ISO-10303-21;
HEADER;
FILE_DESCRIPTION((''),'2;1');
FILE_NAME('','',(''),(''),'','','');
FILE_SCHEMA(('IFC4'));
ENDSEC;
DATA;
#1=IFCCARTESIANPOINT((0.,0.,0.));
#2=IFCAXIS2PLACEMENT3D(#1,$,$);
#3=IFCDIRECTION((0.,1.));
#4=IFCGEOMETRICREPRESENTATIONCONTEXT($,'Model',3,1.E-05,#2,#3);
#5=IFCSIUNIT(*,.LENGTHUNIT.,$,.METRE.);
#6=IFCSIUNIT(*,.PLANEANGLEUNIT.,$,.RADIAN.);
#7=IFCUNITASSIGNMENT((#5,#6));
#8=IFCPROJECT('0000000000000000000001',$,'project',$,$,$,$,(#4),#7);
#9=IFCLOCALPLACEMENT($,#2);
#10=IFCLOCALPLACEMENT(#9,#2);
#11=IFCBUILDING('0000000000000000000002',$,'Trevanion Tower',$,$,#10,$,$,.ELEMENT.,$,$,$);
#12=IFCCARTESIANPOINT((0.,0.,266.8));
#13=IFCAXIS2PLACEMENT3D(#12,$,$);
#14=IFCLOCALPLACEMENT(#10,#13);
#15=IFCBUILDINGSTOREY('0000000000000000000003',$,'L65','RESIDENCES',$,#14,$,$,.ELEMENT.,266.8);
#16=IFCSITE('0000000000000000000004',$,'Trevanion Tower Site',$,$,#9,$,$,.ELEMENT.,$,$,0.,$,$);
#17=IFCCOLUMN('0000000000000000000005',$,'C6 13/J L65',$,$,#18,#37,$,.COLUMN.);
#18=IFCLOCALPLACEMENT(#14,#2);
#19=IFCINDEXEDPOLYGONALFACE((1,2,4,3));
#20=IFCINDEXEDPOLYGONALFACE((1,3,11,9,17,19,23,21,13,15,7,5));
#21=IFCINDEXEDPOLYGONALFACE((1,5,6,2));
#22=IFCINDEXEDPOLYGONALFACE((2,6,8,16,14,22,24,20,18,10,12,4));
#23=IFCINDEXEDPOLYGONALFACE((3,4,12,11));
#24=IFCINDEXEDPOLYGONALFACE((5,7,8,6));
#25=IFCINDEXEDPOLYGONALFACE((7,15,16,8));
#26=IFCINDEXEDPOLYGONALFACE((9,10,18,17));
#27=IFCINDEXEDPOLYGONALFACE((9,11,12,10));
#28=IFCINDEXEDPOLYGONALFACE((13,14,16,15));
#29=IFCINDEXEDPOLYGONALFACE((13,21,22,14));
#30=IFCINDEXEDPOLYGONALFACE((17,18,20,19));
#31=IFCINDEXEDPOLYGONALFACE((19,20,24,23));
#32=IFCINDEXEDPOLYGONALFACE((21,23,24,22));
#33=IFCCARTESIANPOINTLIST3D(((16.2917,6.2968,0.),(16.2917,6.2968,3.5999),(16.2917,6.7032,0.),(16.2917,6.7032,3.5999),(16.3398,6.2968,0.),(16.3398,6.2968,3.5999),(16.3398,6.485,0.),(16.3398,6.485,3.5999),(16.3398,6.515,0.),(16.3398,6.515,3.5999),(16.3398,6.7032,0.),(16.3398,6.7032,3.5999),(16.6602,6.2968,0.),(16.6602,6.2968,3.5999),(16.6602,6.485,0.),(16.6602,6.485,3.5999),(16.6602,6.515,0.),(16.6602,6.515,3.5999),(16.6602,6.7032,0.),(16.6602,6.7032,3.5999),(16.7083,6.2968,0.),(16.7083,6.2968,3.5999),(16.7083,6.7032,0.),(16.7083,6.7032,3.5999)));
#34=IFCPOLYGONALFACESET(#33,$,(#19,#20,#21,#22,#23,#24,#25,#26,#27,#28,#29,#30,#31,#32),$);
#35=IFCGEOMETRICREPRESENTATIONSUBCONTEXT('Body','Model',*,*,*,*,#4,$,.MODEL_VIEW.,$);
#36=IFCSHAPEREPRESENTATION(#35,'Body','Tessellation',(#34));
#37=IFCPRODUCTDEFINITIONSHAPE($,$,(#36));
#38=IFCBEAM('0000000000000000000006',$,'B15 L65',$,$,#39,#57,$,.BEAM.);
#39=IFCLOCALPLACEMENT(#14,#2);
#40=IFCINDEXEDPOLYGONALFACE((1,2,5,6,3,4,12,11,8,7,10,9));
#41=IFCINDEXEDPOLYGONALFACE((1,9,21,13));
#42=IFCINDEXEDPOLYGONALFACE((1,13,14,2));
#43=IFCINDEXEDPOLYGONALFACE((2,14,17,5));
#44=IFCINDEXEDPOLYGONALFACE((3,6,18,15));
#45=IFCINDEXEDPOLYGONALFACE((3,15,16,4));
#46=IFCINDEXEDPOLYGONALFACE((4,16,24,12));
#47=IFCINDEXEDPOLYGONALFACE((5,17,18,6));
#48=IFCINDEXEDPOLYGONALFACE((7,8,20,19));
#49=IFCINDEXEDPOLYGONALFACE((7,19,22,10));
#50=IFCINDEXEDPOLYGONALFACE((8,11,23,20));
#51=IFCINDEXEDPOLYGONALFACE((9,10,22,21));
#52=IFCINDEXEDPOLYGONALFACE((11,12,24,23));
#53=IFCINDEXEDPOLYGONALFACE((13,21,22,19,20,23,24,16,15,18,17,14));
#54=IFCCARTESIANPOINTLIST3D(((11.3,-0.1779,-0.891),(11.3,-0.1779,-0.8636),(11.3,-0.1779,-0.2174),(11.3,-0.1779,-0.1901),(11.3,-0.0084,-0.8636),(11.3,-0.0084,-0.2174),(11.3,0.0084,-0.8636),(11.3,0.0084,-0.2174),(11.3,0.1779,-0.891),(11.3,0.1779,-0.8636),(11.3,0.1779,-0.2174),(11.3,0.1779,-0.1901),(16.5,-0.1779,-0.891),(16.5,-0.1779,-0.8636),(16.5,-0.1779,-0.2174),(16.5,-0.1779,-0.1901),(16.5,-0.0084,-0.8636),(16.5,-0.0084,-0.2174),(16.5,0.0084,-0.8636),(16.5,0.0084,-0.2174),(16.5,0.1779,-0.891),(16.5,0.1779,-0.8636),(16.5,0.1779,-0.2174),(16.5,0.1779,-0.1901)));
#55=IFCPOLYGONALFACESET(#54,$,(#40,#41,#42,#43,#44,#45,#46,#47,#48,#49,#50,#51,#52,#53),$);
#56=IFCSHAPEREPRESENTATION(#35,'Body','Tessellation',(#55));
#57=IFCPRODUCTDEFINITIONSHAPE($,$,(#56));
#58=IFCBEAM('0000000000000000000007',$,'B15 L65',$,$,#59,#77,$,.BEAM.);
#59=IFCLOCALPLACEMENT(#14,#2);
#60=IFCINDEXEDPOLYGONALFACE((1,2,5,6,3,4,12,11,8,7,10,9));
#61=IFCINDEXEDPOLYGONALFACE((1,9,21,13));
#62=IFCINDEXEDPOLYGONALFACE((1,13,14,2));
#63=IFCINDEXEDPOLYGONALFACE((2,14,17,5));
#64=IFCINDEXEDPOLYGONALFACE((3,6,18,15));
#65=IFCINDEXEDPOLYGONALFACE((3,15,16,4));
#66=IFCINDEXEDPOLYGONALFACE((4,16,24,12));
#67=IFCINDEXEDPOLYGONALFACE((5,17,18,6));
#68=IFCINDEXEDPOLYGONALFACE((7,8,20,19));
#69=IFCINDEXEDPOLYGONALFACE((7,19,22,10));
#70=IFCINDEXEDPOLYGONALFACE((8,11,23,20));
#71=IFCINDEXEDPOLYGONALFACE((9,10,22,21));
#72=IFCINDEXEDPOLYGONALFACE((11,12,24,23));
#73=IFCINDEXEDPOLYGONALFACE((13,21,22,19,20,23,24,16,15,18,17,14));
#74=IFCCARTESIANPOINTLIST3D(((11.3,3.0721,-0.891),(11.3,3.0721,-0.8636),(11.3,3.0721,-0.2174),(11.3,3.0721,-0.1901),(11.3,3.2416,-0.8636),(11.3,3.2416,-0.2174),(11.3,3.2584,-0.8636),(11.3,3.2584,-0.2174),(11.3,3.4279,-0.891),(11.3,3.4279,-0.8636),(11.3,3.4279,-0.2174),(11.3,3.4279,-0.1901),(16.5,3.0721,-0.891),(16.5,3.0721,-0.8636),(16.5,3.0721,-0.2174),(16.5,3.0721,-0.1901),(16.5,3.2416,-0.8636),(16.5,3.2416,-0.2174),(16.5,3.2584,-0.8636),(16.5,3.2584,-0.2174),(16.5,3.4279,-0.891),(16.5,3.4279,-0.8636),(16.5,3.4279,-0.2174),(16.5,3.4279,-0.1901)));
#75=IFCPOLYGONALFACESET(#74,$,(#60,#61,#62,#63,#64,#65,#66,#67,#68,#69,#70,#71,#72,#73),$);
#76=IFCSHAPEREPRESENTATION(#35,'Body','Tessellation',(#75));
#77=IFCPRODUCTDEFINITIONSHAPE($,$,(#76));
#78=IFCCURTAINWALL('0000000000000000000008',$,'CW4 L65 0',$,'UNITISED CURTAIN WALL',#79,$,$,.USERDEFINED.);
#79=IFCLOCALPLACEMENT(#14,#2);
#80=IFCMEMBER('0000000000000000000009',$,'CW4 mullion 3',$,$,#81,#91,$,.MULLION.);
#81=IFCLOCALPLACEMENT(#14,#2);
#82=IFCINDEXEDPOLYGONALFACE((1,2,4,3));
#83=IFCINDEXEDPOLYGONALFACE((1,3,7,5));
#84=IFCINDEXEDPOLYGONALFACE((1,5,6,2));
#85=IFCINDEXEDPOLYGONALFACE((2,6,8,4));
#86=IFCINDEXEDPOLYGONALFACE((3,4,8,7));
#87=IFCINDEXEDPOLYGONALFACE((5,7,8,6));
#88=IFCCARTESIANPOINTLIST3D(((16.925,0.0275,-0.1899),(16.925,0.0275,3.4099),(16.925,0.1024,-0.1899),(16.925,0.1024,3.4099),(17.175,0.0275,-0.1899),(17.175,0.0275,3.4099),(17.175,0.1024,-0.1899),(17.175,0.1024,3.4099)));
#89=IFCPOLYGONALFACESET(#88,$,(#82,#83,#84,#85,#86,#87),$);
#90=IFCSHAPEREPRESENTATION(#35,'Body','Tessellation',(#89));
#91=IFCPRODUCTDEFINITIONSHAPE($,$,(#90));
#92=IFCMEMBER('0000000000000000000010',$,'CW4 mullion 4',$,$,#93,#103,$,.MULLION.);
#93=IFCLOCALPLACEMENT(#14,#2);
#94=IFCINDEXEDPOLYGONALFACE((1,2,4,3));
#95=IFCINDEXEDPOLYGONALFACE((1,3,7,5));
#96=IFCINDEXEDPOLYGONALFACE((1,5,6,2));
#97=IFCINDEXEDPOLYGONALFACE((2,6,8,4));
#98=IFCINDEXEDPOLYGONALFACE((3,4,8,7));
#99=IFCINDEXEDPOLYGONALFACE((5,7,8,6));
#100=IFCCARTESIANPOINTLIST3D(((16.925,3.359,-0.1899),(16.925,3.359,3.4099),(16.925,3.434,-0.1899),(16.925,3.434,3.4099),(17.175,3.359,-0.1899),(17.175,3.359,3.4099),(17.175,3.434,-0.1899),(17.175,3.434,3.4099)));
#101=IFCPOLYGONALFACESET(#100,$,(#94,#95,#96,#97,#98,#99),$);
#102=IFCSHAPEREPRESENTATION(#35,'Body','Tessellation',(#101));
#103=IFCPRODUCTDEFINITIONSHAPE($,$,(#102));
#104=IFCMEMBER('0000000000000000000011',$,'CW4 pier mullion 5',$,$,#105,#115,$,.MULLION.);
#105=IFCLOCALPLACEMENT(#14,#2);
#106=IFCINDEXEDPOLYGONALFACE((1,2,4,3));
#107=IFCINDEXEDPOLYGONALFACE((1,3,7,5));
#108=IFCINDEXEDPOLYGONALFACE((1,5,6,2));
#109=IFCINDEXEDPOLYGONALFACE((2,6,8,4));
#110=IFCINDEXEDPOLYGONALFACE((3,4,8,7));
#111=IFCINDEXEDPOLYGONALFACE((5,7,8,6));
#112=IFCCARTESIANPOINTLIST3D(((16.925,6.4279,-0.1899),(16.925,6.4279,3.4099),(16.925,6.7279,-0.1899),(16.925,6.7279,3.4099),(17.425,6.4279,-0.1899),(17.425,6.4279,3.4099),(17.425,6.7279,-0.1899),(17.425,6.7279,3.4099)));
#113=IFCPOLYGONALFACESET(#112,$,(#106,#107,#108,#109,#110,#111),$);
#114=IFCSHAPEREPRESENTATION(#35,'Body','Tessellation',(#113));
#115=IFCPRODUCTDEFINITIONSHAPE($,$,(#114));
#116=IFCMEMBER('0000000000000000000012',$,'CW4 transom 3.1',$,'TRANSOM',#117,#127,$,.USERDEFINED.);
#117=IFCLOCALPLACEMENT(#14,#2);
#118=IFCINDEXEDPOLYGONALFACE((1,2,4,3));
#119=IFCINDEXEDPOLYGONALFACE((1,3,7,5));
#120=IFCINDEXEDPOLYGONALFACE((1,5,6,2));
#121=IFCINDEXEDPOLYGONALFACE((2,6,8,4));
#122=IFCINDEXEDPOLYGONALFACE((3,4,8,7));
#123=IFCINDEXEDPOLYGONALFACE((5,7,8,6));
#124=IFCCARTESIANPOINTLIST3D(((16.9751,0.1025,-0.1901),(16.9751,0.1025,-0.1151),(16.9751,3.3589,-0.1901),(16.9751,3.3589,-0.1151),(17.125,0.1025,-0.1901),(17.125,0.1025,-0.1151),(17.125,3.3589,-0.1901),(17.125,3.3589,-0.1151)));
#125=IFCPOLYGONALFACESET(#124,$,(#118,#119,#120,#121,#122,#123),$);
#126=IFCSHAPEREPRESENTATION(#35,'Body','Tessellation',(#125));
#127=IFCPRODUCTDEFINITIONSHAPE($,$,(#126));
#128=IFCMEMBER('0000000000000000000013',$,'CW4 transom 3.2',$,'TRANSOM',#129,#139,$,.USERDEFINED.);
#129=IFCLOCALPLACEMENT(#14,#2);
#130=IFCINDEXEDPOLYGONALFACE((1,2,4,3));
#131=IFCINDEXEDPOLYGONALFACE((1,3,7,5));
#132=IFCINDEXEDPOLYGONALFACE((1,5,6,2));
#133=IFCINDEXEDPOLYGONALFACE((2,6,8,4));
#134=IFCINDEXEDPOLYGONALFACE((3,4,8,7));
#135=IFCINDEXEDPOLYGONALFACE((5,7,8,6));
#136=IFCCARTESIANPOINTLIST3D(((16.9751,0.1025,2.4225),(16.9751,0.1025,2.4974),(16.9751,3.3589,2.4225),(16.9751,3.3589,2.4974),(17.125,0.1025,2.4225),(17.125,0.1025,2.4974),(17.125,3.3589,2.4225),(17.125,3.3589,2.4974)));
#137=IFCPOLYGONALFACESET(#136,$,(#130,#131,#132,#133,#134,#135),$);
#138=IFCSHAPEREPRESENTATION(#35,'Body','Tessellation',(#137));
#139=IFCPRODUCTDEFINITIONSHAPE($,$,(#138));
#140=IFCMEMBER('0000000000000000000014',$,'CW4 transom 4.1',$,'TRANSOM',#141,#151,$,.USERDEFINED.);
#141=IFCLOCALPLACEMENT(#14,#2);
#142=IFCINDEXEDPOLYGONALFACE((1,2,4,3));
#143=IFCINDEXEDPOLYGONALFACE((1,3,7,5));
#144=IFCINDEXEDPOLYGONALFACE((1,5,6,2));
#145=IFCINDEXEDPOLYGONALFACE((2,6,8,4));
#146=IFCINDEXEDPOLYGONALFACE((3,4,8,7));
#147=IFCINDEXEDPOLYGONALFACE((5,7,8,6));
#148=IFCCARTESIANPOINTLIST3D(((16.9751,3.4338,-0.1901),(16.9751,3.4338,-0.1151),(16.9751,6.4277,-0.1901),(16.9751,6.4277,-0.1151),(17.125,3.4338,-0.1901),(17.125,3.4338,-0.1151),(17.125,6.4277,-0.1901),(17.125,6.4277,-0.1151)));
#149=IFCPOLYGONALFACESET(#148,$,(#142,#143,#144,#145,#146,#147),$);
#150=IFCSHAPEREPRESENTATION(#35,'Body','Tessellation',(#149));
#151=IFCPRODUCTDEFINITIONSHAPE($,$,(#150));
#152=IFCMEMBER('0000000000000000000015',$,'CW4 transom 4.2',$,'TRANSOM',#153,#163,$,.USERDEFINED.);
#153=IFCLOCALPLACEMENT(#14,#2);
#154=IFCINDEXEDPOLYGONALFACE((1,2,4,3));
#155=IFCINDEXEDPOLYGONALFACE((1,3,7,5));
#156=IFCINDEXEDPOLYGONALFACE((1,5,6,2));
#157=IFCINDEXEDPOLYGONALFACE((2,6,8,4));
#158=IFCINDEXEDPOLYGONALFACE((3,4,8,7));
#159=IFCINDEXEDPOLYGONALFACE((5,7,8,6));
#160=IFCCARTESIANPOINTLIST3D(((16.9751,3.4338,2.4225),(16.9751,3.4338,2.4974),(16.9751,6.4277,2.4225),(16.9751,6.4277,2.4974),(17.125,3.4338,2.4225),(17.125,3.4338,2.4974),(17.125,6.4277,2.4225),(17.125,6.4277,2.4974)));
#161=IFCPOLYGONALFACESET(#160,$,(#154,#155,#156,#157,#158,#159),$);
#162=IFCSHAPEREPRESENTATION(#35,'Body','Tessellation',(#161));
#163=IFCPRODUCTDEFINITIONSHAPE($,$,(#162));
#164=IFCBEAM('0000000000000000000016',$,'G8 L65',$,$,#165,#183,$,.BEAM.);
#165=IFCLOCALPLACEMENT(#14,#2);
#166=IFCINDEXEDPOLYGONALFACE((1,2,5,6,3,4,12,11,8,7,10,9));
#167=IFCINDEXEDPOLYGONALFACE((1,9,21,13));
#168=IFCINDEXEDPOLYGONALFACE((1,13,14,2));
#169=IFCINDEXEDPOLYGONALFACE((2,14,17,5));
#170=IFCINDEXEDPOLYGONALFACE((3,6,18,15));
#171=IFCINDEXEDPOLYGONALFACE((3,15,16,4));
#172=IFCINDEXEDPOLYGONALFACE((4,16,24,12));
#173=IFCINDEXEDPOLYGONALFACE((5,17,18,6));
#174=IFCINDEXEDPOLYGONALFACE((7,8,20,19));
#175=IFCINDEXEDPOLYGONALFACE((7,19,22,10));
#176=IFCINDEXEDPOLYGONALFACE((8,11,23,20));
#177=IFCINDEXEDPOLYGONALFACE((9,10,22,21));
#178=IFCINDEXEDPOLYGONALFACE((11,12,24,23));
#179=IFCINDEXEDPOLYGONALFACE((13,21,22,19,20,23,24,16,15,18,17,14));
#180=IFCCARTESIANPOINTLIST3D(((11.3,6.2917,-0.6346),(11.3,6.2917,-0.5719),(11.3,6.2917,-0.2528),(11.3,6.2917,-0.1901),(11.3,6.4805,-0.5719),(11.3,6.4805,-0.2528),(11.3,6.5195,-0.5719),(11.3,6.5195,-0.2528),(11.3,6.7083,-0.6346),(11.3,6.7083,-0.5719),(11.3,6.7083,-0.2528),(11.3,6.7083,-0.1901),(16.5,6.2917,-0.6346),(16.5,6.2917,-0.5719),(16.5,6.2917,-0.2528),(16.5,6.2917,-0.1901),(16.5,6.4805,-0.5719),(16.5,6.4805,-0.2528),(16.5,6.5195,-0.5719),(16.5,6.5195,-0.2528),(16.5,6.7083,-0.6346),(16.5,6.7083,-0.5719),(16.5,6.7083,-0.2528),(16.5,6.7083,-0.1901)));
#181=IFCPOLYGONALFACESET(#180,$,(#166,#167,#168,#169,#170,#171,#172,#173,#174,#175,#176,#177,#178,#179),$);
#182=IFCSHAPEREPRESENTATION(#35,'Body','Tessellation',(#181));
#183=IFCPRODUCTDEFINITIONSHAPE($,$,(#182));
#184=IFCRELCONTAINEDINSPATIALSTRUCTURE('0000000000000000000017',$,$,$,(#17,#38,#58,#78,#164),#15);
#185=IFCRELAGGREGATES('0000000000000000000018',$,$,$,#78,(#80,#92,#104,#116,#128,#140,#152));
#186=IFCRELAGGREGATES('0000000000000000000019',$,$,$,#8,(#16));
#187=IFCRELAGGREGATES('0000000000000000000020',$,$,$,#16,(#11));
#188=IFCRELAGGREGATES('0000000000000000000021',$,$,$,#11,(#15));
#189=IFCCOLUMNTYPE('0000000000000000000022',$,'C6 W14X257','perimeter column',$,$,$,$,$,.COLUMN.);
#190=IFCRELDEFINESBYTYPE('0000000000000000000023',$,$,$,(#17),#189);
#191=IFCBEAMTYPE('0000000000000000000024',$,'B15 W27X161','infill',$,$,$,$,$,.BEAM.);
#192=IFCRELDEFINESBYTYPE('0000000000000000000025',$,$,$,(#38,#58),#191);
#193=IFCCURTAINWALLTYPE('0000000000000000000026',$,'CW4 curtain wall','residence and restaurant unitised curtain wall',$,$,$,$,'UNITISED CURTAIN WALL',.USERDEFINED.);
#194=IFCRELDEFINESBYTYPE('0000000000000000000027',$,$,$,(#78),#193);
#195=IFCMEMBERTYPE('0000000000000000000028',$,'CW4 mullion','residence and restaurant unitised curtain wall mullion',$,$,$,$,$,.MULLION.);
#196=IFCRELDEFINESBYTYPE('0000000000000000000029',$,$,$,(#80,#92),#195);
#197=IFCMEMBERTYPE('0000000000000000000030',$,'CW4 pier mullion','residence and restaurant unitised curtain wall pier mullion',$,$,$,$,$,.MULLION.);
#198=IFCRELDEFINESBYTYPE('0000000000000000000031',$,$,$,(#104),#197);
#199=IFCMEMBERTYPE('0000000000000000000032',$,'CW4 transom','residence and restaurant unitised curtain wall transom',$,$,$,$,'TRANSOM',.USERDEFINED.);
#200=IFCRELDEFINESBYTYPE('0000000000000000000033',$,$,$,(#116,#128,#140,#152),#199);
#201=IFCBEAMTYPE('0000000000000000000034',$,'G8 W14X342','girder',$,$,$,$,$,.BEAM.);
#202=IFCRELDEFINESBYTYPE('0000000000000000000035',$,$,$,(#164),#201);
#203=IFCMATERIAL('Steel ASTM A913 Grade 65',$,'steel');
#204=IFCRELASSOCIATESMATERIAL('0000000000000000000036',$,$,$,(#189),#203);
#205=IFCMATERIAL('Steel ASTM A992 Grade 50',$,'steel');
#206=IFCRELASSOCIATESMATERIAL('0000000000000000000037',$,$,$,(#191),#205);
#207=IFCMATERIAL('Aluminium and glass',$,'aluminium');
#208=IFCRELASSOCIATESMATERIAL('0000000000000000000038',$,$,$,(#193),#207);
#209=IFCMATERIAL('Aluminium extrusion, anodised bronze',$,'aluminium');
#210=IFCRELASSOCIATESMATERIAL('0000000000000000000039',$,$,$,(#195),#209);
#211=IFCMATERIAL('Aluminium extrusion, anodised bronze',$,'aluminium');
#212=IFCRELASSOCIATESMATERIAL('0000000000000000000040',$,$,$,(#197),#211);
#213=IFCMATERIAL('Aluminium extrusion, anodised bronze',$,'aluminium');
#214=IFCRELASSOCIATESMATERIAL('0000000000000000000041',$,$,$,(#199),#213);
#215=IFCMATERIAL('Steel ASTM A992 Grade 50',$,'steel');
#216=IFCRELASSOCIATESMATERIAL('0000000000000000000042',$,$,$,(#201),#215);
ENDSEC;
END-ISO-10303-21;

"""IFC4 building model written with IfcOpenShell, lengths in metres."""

from ifc_helpers import new_model, si_unit, direction, frame, origin, origin_2d, place, context, subcontext, project, spatial, rectangle, i_section, extrude, material, material_profile, profile_set, type_object, element, aggregate, save


model = new_model("IFC4")

# Units and contexts
model_context = context("Model", 3, precision=1e-05, world=origin(), true_north=direction((0.0, 1.0)))
body_context = subcontext(model_context, "Body", "Model", "MODEL_VIEW")
ifc_project = project(units=[si_unit("LENGTHUNIT", "METRE"), si_unit("PLANEANGLEUNIT", "RADIAN")], contexts=[model_context])

# Site, building, storey
site_placement = place(None, origin())
site = spatial("IfcSite", under=ifc_project, at=site_placement, Name="Trevanion Tower Site", CompositionType="ELEMENT", RefElevation=0.0)
building_placement = place(site_placement, origin())
building = spatial("IfcBuilding", under=site, at=building_placement, Name="Trevanion Tower", CompositionType="ELEMENT")
storey_placement = place(building_placement, frame((0.0, 0.0, 266.8)))
storey = spatial("IfcBuildingStorey", under=building, at=storey_placement, Name="L65", Description="RESIDENCES", CompositionType="ELEMENT", Elevation=266.8)

# Column
ifc_material_1 = material(Name="Steel ASTM A913 Grade 65", Category="steel")
ifc_material_profile_1 = material_profile(ifc_material_1, i_section(OverallWidth=0.4065, OverallDepth=0.4165, WebThickness=0.03, FlangeThickness=0.0481, at=origin_2d()), Name="W14X257")
ifc_profile_set_1 = profile_set([ifc_material_profile_1], Name="Steel ASTM A913 Grade 65")
column_type = type_object("IfcColumnType", Name="C6 W14X257", Description="perimeter column", PredefinedType="COLUMN", material=ifc_profile_set_1)
column_placement = place(storey_placement, frame((16.5, 6.5, 0.0), z_axis=(0.0, 0.0, 1.0), x_axis=(0.0, 1.0, 0.0)))
element("IfcColumn", 1, at=column_placement, inside=storey, type_object=column_type, Name="C6 13/J L65", PredefinedType="COLUMN", context=body_context, shape_type="SweptSolid", body=[
    extrude(i_section(OverallWidth=0.4065, OverallDepth=0.4165, WebThickness=0.03, FlangeThickness=0.0481, at=origin_2d()), origin(), (0.0, 0.0, 1.0), 3.5999),
])

# Beams
ifc_material_2 = material(Name="Steel ASTM A992 Grade 50", Category="steel")
ifc_material_profile_2 = material_profile(ifc_material_2, i_section(OverallWidth=0.3557, OverallDepth=0.7009, WebThickness=0.0168, FlangeThickness=0.0273, at=origin_2d()), Name="W27X161")
ifc_profile_set_2 = profile_set([ifc_material_profile_2], Name="Steel ASTM A992 Grade 50")
beam_type_1 = type_object("IfcBeamType", Name="B15 W27X161", Description="infill", PredefinedType="BEAM", material=ifc_profile_set_2)
for number, where, z_axis, x_axis, name in (
    (2, (11.3, 0.0, -0.5405), (1.0, 0.0, 0.0), (0.0, 1.0, 0.0), "B15 L65"),
    (3, (11.3, 3.25, -0.5405), (1.0, 0.0, 0.0), (0.0, 1.0, 0.0), "B15 L65"),
):
    element("IfcBeam", number, at=place(storey_placement, frame(where, z_axis=z_axis, x_axis=x_axis)), inside=storey, type_object=beam_type_1, Name=name, PredefinedType="BEAM", context=body_context, shape_type="SweptSolid", body=[
        extrude(i_section(OverallWidth=0.3557, OverallDepth=0.7009, WebThickness=0.0168, FlangeThickness=0.0273, at=origin_2d()), origin(), (0.0, 0.0, 1.0), 5.2),
    ])

# Curtain wall, members
ifc_material_3 = material(Name="Aluminium and glass", Category="aluminium")
curtain_wall_type = type_object("IfcCurtainWallType", Name="CW4 curtain wall", Description="residence and restaurant unitised curtain wall", ElementType="UNITISED CURTAIN WALL", PredefinedType="USERDEFINED", material=ifc_material_3)
curtain_wall_placement = place(storey_placement, origin())
curtain_wall = element("IfcCurtainWall", 4, at=curtain_wall_placement, inside=storey, type_object=curtain_wall_type, Name="CW4 L65 0", ObjectType="UNITISED CURTAIN WALL", PredefinedType="USERDEFINED")
ifc_material_4 = material(Name="Aluminium extrusion, anodised bronze", Category="aluminium")
ifc_material_profile_3 = material_profile(ifc_material_4, rectangle(XDim=0.075, YDim=0.25, at=origin_2d()), Name="CW4 mullion")
ifc_profile_set_3 = profile_set([ifc_material_profile_3], Name="Aluminium extrusion, anodised bronze")
member_type_1 = type_object("IfcMemberType", Name="CW4 mullion", Description="residence and restaurant unitised curtain wall mullion", PredefinedType="MULLION", material=ifc_profile_set_3)
member_1_placement = place(storey_placement, frame((17.05, 0.0649, -0.1899), z_axis=(0.0, 0.0, 1.0), x_axis=(0.0, 1.0, 0.0)))
member_1 = element("IfcMember", 5, at=member_1_placement, type_object=member_type_1, Name="CW4 mullion 3", PredefinedType="MULLION", context=body_context, shape_type="SweptSolid", body=[
    extrude(rectangle(XDim=0.075, YDim=0.25, at=origin_2d()), origin(), (0.0, 0.0, 1.0), 3.5999),
])
member_2_placement = place(storey_placement, frame((17.05, 3.3965, -0.1899), z_axis=(0.0, 0.0, 1.0), x_axis=(0.0, 1.0, 0.0)))
member_2 = element("IfcMember", 6, at=member_2_placement, type_object=member_type_1, Name="CW4 mullion 4", PredefinedType="MULLION", context=body_context, shape_type="SweptSolid", body=[
    extrude(rectangle(XDim=0.075, YDim=0.25, at=origin_2d()), origin(), (0.0, 0.0, 1.0), 3.5999),
])
ifc_material_5 = material(Name="Aluminium extrusion, anodised bronze", Category="aluminium")
ifc_material_profile_4 = material_profile(ifc_material_5, rectangle(XDim=0.3, YDim=0.5, at=origin_2d()), Name="CW4 pier mullion")
ifc_profile_set_4 = profile_set([ifc_material_profile_4], Name="Aluminium extrusion, anodised bronze")
member_type_2 = type_object("IfcMemberType", Name="CW4 pier mullion", Description="residence and restaurant unitised curtain wall pier mullion", PredefinedType="MULLION", material=ifc_profile_set_4)
member_3_placement = place(storey_placement, frame((17.175, 6.5779, -0.1899), z_axis=(0.0, 0.0, 1.0), x_axis=(0.0, 1.0, 0.0)))
member_3 = element("IfcMember", 7, at=member_3_placement, type_object=member_type_2, Name="CW4 pier mullion 5", PredefinedType="MULLION", context=body_context, shape_type="SweptSolid", body=[
    extrude(rectangle(XDim=0.3, YDim=0.5, at=origin_2d()), origin(), (0.0, 0.0, 1.0), 3.5999),
])
ifc_material_6 = material(Name="Aluminium extrusion, anodised bronze", Category="aluminium")
ifc_material_profile_5 = material_profile(ifc_material_6, rectangle(XDim=0.1499, YDim=0.075, at=origin_2d()), Name="CW4 transom")
ifc_profile_set_5 = profile_set([ifc_material_profile_5], Name="Aluminium extrusion, anodised bronze")
member_type_3 = type_object("IfcMemberType", Name="CW4 transom", Description="residence and restaurant unitised curtain wall transom", ElementType="TRANSOM", PredefinedType="USERDEFINED", material=ifc_profile_set_5)
member_4_placement = place(storey_placement, frame((17.05, 0.1025, -0.1526), z_axis=(0.0, 1.0, 0.0), x_axis=(-1.0, 0.0, 0.0)))
member_4 = element("IfcMember", 8, at=member_4_placement, type_object=member_type_3, Name="CW4 transom 3.1", ObjectType="TRANSOM", PredefinedType="USERDEFINED", context=body_context, shape_type="SweptSolid", body=[
    extrude(rectangle(XDim=0.1499, YDim=0.075, at=origin_2d()), origin(), (0.0, 0.0, 1.0), 3.2563),
])
member_5_placement = place(storey_placement, frame((17.05, 0.1025, 2.46), z_axis=(0.0, 1.0, 0.0), x_axis=(-1.0, 0.0, 0.0)))
member_5 = element("IfcMember", 9, at=member_5_placement, type_object=member_type_3, Name="CW4 transom 3.2", ObjectType="TRANSOM", PredefinedType="USERDEFINED", context=body_context, shape_type="SweptSolid", body=[
    extrude(rectangle(XDim=0.1499, YDim=0.075, at=origin_2d()), origin(), (0.0, 0.0, 1.0), 3.2563),
])
member_6_placement = place(storey_placement, frame((17.05, 3.4338, -0.1526), z_axis=(0.0, 1.0, 0.0), x_axis=(-1.0, 0.0, 0.0)))
member_6 = element("IfcMember", 10, at=member_6_placement, type_object=member_type_3, Name="CW4 transom 4.1", ObjectType="TRANSOM", PredefinedType="USERDEFINED", context=body_context, shape_type="SweptSolid", body=[
    extrude(rectangle(XDim=0.1499, YDim=0.075, at=origin_2d()), origin(), (0.0, 0.0, 1.0), 2.9939),
])
member_7_placement = place(storey_placement, frame((17.05, 3.4338, 2.46), z_axis=(0.0, 1.0, 0.0), x_axis=(-1.0, 0.0, 0.0)))
member_7 = element("IfcMember", 11, at=member_7_placement, type_object=member_type_3, Name="CW4 transom 4.2", ObjectType="TRANSOM", PredefinedType="USERDEFINED", context=body_context, shape_type="SweptSolid", body=[
    extrude(rectangle(XDim=0.1499, YDim=0.075, at=origin_2d()), origin(), (0.0, 0.0, 1.0), 2.9939),
])

# Beam
ifc_material_7 = material(Name="Steel ASTM A992 Grade 50", Category="steel")
ifc_material_profile_6 = material_profile(ifc_material_7, i_section(OverallWidth=0.4165, OverallDepth=0.4446, WebThickness=0.0391, FlangeThickness=0.0627, at=origin_2d()), Name="W14X342")
ifc_profile_set_6 = profile_set([ifc_material_profile_6], Name="Steel ASTM A992 Grade 50")
beam_type_2 = type_object("IfcBeamType", Name="G8 W14X342", Description="girder", PredefinedType="BEAM", material=ifc_profile_set_6)
beam_1_placement = place(storey_placement, frame((11.3, 6.5, -0.4124), z_axis=(1.0, 0.0, 0.0), x_axis=(0.0, 1.0, 0.0)))
element("IfcBeam", 12, at=beam_1_placement, inside=storey, type_object=beam_type_2, Name="G8 L65", PredefinedType="BEAM", context=body_context, shape_type="SweptSolid", body=[
    extrude(i_section(OverallWidth=0.4165, OverallDepth=0.4446, WebThickness=0.0391, FlangeThickness=0.0627, at=origin_2d()), origin(), (0.0, 0.0, 1.0), 5.2),
])

aggregate(curtain_wall, [member_1, member_2, member_3, member_4, member_5, member_6, member_7])

save(model, "model.ifc")
